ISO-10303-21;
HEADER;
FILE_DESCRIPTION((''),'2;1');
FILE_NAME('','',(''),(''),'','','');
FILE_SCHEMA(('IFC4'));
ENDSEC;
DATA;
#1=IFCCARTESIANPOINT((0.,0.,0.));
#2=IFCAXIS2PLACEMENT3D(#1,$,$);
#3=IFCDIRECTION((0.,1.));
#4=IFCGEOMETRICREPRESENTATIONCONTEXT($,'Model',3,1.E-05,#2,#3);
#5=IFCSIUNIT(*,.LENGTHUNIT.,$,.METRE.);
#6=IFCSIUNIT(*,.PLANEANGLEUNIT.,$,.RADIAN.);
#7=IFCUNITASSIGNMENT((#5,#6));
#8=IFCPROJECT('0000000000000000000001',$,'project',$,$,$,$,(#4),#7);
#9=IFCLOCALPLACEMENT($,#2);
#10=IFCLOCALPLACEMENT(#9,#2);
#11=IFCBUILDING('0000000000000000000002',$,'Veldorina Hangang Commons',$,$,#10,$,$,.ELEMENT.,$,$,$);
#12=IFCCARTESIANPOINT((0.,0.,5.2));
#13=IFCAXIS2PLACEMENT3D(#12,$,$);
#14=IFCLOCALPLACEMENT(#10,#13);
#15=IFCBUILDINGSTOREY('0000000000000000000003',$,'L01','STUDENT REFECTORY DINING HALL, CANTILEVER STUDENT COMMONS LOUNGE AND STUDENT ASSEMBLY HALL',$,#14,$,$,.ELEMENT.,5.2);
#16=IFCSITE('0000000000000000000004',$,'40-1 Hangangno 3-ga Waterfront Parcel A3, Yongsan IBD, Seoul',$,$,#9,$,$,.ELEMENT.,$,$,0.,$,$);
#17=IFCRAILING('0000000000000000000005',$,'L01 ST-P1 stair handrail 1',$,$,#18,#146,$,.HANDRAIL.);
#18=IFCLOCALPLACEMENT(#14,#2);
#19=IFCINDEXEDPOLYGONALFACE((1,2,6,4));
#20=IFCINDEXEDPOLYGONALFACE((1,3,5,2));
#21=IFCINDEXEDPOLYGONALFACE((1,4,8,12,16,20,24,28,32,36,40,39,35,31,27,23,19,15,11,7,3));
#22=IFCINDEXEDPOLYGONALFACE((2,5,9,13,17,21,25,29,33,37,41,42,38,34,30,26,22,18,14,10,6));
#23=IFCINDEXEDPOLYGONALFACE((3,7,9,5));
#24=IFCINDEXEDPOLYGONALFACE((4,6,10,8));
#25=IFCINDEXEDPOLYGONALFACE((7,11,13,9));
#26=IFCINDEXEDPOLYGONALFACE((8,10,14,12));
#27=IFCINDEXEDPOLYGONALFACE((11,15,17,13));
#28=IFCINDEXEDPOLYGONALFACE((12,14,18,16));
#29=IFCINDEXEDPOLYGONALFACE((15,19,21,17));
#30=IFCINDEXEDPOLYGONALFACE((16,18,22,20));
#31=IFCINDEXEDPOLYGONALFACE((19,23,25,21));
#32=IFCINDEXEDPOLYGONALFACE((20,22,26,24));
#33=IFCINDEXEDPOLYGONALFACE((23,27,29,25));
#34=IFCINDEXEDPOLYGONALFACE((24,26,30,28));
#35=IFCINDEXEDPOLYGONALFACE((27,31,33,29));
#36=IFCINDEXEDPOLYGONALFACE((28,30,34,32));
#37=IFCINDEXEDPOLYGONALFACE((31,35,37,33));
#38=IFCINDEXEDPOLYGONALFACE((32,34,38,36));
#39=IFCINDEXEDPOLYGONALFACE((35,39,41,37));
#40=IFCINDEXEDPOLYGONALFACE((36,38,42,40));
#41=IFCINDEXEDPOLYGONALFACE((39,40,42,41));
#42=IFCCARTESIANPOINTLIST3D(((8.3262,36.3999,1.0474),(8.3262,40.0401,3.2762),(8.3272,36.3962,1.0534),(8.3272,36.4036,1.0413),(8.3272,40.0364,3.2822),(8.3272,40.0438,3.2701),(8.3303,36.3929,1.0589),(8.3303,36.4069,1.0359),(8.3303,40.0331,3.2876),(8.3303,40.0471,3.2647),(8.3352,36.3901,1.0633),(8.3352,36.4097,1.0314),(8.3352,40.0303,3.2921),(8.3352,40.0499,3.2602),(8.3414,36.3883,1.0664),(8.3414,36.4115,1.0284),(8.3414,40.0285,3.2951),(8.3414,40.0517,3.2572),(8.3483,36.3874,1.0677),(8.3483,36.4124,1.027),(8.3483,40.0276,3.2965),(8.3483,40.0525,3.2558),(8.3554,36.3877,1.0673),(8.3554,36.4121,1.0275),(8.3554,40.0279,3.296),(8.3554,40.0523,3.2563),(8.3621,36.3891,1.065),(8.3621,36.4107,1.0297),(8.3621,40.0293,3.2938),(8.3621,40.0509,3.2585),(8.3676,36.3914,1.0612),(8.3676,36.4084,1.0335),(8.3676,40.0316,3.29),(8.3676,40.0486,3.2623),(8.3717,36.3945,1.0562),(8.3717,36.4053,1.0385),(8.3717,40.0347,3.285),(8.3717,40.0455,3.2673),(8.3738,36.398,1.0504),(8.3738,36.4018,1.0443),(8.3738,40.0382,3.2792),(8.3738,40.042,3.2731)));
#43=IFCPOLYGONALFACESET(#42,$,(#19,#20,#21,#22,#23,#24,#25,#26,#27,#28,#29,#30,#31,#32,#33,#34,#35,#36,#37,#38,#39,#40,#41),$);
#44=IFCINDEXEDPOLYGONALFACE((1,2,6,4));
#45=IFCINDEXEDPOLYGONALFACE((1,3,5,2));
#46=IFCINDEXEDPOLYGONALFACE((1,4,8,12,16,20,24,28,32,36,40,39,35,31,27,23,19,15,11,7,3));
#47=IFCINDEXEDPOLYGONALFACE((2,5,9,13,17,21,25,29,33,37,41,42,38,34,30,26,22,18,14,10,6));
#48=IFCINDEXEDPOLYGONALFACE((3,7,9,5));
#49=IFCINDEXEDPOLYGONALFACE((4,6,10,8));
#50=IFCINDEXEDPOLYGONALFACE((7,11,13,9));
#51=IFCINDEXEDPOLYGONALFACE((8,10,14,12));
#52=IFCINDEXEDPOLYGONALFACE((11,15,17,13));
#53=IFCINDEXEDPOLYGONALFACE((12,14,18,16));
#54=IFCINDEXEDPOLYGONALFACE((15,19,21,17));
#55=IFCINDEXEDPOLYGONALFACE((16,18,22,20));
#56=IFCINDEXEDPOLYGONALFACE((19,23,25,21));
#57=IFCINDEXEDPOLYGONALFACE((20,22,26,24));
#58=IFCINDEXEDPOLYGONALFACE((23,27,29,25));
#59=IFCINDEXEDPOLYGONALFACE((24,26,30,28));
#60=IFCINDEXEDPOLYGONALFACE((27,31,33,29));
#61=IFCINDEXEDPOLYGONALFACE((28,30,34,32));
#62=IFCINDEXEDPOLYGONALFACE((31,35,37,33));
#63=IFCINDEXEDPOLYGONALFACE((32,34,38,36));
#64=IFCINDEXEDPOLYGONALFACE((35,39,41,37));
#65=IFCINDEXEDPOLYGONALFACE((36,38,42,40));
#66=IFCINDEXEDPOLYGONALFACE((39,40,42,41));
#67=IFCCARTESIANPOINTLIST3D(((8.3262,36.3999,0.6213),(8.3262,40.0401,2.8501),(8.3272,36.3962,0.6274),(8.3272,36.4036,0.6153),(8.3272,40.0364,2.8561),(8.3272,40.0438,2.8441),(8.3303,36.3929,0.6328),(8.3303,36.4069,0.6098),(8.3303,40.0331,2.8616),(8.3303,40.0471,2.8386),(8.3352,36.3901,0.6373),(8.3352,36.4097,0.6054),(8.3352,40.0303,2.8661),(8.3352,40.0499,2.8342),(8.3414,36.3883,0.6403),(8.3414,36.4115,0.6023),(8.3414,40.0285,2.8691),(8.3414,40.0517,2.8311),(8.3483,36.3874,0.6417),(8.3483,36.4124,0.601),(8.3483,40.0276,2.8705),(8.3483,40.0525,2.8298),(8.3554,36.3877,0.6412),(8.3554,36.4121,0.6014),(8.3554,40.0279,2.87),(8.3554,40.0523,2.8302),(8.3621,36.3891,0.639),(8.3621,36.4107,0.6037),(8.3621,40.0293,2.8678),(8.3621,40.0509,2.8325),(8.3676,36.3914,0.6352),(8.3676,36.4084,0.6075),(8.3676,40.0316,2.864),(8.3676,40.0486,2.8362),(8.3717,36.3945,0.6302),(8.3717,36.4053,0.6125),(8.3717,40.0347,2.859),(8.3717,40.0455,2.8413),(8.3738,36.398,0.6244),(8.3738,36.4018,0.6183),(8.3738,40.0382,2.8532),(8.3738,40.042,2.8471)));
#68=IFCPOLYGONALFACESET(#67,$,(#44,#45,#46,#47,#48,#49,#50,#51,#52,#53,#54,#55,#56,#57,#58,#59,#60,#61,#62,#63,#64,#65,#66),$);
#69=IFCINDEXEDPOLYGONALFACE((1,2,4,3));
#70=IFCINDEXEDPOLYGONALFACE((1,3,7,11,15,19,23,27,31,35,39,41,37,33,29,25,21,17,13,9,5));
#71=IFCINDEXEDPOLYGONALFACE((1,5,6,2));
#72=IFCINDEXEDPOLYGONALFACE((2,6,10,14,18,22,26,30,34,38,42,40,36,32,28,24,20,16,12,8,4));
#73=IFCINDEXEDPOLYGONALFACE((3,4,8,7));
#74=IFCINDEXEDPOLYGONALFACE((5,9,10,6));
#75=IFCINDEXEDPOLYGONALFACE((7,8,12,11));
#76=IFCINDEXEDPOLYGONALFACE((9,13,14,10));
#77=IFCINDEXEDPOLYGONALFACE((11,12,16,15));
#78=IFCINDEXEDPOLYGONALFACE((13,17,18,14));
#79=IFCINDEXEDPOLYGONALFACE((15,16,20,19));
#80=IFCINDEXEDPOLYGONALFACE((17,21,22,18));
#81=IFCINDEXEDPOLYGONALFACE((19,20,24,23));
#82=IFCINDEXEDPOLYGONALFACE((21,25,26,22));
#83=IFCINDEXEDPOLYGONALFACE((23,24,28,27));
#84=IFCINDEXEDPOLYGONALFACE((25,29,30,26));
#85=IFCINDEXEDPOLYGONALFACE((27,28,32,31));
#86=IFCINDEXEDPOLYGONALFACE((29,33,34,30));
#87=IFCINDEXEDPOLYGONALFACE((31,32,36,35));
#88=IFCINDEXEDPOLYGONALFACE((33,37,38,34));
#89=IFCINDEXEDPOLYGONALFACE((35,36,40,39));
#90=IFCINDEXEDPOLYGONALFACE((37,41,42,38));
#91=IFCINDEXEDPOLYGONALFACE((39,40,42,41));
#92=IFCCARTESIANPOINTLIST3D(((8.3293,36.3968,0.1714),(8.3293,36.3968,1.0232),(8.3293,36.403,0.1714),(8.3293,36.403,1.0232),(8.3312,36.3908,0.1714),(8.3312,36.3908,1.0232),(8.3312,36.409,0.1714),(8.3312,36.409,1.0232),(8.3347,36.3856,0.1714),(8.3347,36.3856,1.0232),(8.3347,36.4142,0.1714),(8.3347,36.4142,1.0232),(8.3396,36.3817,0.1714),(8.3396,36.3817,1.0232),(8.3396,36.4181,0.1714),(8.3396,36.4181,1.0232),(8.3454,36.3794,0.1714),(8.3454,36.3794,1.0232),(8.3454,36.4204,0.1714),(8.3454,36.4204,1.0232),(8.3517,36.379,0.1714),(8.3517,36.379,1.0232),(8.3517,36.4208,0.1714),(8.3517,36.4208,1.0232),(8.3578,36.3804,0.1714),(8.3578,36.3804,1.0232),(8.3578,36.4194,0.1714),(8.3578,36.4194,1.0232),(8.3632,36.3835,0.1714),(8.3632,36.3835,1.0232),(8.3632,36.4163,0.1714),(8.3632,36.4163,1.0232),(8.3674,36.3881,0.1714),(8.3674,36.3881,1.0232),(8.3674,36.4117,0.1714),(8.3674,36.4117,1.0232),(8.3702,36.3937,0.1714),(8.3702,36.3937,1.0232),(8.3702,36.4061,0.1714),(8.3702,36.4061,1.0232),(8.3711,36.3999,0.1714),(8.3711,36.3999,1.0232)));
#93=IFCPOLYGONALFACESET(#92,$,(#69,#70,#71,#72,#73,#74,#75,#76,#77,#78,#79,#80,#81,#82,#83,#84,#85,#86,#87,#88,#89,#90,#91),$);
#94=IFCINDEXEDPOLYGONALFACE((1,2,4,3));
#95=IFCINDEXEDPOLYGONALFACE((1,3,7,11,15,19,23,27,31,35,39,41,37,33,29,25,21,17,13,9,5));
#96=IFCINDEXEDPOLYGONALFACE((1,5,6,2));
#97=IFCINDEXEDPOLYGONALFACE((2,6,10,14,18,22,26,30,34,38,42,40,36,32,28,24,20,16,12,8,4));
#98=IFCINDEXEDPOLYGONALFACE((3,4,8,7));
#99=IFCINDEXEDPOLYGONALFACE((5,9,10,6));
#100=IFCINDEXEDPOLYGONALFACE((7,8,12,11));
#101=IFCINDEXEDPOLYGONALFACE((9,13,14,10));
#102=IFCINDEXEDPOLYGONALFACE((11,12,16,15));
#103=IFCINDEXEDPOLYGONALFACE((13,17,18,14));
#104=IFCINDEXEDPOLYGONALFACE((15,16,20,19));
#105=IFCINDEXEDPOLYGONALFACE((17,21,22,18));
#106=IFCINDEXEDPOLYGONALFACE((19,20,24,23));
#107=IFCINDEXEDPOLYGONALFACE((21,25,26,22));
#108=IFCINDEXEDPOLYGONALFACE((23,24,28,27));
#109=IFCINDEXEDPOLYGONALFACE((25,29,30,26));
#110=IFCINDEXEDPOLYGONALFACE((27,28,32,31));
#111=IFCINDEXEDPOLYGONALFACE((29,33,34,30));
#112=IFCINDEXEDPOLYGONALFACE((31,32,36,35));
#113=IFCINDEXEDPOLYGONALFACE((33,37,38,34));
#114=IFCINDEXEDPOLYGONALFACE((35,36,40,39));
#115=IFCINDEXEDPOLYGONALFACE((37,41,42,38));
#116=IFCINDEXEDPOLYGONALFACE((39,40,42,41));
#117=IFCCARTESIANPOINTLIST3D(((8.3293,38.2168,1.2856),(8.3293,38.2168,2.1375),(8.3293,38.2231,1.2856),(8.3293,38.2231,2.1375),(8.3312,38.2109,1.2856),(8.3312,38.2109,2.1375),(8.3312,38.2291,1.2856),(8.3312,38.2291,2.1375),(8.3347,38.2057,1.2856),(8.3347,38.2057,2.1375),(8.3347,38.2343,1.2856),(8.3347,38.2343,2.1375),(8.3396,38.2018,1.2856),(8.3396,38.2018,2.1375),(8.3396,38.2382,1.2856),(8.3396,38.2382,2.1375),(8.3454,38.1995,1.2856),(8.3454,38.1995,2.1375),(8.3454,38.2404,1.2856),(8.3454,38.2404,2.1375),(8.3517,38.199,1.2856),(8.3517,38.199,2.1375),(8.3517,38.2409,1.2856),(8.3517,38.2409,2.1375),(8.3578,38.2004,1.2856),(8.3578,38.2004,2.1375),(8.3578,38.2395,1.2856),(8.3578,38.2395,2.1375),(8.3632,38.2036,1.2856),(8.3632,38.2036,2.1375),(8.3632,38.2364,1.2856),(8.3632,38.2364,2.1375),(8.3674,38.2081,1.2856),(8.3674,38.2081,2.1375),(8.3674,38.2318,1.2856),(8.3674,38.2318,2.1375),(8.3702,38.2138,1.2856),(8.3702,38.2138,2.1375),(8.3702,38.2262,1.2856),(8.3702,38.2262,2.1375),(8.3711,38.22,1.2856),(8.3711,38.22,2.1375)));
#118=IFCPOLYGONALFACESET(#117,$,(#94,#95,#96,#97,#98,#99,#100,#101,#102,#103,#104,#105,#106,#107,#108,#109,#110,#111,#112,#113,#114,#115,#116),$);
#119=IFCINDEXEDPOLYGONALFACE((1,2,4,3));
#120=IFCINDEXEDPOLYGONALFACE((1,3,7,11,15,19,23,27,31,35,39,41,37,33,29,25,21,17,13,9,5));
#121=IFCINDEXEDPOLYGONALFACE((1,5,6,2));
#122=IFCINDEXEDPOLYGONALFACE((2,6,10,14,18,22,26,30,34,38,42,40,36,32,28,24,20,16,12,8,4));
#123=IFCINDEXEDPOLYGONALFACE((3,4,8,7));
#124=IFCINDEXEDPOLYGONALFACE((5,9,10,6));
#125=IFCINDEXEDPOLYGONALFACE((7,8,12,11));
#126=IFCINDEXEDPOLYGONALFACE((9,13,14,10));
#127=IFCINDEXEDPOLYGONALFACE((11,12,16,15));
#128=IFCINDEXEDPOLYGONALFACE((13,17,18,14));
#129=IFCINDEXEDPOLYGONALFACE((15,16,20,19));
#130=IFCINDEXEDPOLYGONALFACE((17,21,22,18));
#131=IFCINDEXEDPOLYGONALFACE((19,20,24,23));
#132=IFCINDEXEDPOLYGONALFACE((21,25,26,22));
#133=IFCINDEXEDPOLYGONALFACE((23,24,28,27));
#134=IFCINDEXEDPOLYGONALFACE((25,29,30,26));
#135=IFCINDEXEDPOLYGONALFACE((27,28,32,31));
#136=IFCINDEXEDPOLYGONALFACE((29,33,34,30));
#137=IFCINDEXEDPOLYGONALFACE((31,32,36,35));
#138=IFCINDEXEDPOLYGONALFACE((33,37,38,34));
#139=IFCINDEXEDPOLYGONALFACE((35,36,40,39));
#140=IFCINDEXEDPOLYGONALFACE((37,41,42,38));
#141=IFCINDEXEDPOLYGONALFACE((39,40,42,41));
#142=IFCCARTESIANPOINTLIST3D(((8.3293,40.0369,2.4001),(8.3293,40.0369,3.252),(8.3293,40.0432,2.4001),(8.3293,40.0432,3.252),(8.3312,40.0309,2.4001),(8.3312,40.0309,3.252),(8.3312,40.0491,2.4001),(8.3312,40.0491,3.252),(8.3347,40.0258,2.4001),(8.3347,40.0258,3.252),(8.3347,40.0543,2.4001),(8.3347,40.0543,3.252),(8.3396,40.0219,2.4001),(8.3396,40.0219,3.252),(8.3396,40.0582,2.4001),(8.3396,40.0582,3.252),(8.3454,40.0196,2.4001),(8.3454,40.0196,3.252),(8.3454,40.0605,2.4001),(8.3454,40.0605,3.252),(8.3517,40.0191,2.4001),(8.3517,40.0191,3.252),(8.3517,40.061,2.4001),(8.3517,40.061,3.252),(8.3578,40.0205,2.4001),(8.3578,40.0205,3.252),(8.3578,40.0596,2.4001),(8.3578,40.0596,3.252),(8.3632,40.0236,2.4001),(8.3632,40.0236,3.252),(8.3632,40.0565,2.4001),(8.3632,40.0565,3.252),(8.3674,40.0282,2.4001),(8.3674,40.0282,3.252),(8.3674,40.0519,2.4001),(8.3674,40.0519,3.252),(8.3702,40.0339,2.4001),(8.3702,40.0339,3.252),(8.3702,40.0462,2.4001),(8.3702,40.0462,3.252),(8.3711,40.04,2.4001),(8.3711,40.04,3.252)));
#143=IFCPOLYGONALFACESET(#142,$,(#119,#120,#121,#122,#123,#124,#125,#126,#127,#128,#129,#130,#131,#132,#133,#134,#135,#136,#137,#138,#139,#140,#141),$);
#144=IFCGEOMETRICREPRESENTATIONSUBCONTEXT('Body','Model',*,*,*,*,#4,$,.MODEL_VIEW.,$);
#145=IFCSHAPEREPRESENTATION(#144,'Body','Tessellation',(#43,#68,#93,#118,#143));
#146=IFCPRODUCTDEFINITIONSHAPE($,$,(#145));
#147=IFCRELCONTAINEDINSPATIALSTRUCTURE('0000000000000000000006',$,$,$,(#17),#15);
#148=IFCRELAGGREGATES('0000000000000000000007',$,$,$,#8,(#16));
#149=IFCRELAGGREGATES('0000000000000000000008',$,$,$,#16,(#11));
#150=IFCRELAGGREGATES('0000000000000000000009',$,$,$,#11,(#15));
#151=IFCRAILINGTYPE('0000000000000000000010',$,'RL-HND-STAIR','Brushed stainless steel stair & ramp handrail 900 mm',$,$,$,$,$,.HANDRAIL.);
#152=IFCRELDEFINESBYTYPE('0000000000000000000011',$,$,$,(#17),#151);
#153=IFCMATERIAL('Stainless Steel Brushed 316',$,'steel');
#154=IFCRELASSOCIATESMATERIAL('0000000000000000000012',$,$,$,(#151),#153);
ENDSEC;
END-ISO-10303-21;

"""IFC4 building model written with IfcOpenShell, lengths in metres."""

from ifc_helpers import new_model, si_unit, direction, frame, origin, origin_2d, place, context, subcontext, project, spatial, circle, extrude, material, type_object, element, save


model = new_model("IFC4")

# Units and contexts
model_context = context("Model", 3, precision=1e-05, world=origin(), true_north=direction((0.0, 1.0)))
body_context = subcontext(model_context, "Body", "Model", "MODEL_VIEW")
ifc_project = project(units=[si_unit("LENGTHUNIT", "METRE"), si_unit("PLANEANGLEUNIT", "RADIAN")], contexts=[model_context])

# Site, building, storey
site_placement = place(None, origin())
site = spatial("IfcSite", under=ifc_project, at=site_placement, Name="40-1 Hangangno 3-ga Waterfront Parcel A3, Yongsan IBD, Seoul", CompositionType="ELEMENT", RefElevation=0.0)
building_placement = place(site_placement, origin())
building = spatial("IfcBuilding", under=site, at=building_placement, Name="Veldorina Hangang Commons", CompositionType="ELEMENT")
storey_placement = place(building_placement, frame((0.0, 0.0, 5.2)))
storey = spatial("IfcBuildingStorey", under=building, at=storey_placement, Name="L01", Description="STUDENT REFECTORY DINING HALL, CANTILEVER STUDENT COMMONS LOUNGE AND STUDENT ASSEMBLY HALL", CompositionType="ELEMENT", Elevation=5.2)

# Railing
ifc_material_1 = material(Name="Stainless Steel Brushed 316", Category="steel")
railing_type_1 = type_object("IfcRailingType", Name="RL-HND-STAIR", Description="Brushed stainless steel stair & ramp handrail 900 mm", PredefinedType="HANDRAIL", material=ifc_material_1)
railing_1_placement = place(storey_placement, frame((8.3501, 36.3999, 0.1714)))
element("IfcRailing", 1, at=railing_1_placement, inside=storey, type_object=railing_type_1, Name="L01 ST-P1 stair handrail 1", PredefinedType="HANDRAIL", context=body_context, shape_type="SweptSolid", body=[
    extrude(circle(Radius=0.0239, at=origin_2d()), frame((0.0, 0.0, 0.876), z_axis=(0.0, 0.85284, 0.522172), x_axis=(-1.0, 0.0, 0.0)), (0.0, 0.0, 1.0), 4.2683),
    extrude(circle(Radius=0.0239, at=origin_2d()), frame((0.0, 0.0, 0.45), z_axis=(0.0, 0.85284, 0.522172), x_axis=(-1.0, 0.0, 0.0)), (0.0, 0.0, 1.0), 4.2683),
    extrude(circle(Radius=0.021, at=origin_2d()), origin(), (0.0, 0.0, 1.0), 0.8518),
    extrude(circle(Radius=0.021, at=origin_2d()), frame((0.0, 1.8201, 1.1143)), (0.0, 0.0, 1.0), 0.8518),
    extrude(circle(Radius=0.021, at=origin_2d()), frame((0.0, 3.6401, 2.2288)), (0.0, 0.0, 1.0), 0.8518),
])

save(model, "model.ifc")
